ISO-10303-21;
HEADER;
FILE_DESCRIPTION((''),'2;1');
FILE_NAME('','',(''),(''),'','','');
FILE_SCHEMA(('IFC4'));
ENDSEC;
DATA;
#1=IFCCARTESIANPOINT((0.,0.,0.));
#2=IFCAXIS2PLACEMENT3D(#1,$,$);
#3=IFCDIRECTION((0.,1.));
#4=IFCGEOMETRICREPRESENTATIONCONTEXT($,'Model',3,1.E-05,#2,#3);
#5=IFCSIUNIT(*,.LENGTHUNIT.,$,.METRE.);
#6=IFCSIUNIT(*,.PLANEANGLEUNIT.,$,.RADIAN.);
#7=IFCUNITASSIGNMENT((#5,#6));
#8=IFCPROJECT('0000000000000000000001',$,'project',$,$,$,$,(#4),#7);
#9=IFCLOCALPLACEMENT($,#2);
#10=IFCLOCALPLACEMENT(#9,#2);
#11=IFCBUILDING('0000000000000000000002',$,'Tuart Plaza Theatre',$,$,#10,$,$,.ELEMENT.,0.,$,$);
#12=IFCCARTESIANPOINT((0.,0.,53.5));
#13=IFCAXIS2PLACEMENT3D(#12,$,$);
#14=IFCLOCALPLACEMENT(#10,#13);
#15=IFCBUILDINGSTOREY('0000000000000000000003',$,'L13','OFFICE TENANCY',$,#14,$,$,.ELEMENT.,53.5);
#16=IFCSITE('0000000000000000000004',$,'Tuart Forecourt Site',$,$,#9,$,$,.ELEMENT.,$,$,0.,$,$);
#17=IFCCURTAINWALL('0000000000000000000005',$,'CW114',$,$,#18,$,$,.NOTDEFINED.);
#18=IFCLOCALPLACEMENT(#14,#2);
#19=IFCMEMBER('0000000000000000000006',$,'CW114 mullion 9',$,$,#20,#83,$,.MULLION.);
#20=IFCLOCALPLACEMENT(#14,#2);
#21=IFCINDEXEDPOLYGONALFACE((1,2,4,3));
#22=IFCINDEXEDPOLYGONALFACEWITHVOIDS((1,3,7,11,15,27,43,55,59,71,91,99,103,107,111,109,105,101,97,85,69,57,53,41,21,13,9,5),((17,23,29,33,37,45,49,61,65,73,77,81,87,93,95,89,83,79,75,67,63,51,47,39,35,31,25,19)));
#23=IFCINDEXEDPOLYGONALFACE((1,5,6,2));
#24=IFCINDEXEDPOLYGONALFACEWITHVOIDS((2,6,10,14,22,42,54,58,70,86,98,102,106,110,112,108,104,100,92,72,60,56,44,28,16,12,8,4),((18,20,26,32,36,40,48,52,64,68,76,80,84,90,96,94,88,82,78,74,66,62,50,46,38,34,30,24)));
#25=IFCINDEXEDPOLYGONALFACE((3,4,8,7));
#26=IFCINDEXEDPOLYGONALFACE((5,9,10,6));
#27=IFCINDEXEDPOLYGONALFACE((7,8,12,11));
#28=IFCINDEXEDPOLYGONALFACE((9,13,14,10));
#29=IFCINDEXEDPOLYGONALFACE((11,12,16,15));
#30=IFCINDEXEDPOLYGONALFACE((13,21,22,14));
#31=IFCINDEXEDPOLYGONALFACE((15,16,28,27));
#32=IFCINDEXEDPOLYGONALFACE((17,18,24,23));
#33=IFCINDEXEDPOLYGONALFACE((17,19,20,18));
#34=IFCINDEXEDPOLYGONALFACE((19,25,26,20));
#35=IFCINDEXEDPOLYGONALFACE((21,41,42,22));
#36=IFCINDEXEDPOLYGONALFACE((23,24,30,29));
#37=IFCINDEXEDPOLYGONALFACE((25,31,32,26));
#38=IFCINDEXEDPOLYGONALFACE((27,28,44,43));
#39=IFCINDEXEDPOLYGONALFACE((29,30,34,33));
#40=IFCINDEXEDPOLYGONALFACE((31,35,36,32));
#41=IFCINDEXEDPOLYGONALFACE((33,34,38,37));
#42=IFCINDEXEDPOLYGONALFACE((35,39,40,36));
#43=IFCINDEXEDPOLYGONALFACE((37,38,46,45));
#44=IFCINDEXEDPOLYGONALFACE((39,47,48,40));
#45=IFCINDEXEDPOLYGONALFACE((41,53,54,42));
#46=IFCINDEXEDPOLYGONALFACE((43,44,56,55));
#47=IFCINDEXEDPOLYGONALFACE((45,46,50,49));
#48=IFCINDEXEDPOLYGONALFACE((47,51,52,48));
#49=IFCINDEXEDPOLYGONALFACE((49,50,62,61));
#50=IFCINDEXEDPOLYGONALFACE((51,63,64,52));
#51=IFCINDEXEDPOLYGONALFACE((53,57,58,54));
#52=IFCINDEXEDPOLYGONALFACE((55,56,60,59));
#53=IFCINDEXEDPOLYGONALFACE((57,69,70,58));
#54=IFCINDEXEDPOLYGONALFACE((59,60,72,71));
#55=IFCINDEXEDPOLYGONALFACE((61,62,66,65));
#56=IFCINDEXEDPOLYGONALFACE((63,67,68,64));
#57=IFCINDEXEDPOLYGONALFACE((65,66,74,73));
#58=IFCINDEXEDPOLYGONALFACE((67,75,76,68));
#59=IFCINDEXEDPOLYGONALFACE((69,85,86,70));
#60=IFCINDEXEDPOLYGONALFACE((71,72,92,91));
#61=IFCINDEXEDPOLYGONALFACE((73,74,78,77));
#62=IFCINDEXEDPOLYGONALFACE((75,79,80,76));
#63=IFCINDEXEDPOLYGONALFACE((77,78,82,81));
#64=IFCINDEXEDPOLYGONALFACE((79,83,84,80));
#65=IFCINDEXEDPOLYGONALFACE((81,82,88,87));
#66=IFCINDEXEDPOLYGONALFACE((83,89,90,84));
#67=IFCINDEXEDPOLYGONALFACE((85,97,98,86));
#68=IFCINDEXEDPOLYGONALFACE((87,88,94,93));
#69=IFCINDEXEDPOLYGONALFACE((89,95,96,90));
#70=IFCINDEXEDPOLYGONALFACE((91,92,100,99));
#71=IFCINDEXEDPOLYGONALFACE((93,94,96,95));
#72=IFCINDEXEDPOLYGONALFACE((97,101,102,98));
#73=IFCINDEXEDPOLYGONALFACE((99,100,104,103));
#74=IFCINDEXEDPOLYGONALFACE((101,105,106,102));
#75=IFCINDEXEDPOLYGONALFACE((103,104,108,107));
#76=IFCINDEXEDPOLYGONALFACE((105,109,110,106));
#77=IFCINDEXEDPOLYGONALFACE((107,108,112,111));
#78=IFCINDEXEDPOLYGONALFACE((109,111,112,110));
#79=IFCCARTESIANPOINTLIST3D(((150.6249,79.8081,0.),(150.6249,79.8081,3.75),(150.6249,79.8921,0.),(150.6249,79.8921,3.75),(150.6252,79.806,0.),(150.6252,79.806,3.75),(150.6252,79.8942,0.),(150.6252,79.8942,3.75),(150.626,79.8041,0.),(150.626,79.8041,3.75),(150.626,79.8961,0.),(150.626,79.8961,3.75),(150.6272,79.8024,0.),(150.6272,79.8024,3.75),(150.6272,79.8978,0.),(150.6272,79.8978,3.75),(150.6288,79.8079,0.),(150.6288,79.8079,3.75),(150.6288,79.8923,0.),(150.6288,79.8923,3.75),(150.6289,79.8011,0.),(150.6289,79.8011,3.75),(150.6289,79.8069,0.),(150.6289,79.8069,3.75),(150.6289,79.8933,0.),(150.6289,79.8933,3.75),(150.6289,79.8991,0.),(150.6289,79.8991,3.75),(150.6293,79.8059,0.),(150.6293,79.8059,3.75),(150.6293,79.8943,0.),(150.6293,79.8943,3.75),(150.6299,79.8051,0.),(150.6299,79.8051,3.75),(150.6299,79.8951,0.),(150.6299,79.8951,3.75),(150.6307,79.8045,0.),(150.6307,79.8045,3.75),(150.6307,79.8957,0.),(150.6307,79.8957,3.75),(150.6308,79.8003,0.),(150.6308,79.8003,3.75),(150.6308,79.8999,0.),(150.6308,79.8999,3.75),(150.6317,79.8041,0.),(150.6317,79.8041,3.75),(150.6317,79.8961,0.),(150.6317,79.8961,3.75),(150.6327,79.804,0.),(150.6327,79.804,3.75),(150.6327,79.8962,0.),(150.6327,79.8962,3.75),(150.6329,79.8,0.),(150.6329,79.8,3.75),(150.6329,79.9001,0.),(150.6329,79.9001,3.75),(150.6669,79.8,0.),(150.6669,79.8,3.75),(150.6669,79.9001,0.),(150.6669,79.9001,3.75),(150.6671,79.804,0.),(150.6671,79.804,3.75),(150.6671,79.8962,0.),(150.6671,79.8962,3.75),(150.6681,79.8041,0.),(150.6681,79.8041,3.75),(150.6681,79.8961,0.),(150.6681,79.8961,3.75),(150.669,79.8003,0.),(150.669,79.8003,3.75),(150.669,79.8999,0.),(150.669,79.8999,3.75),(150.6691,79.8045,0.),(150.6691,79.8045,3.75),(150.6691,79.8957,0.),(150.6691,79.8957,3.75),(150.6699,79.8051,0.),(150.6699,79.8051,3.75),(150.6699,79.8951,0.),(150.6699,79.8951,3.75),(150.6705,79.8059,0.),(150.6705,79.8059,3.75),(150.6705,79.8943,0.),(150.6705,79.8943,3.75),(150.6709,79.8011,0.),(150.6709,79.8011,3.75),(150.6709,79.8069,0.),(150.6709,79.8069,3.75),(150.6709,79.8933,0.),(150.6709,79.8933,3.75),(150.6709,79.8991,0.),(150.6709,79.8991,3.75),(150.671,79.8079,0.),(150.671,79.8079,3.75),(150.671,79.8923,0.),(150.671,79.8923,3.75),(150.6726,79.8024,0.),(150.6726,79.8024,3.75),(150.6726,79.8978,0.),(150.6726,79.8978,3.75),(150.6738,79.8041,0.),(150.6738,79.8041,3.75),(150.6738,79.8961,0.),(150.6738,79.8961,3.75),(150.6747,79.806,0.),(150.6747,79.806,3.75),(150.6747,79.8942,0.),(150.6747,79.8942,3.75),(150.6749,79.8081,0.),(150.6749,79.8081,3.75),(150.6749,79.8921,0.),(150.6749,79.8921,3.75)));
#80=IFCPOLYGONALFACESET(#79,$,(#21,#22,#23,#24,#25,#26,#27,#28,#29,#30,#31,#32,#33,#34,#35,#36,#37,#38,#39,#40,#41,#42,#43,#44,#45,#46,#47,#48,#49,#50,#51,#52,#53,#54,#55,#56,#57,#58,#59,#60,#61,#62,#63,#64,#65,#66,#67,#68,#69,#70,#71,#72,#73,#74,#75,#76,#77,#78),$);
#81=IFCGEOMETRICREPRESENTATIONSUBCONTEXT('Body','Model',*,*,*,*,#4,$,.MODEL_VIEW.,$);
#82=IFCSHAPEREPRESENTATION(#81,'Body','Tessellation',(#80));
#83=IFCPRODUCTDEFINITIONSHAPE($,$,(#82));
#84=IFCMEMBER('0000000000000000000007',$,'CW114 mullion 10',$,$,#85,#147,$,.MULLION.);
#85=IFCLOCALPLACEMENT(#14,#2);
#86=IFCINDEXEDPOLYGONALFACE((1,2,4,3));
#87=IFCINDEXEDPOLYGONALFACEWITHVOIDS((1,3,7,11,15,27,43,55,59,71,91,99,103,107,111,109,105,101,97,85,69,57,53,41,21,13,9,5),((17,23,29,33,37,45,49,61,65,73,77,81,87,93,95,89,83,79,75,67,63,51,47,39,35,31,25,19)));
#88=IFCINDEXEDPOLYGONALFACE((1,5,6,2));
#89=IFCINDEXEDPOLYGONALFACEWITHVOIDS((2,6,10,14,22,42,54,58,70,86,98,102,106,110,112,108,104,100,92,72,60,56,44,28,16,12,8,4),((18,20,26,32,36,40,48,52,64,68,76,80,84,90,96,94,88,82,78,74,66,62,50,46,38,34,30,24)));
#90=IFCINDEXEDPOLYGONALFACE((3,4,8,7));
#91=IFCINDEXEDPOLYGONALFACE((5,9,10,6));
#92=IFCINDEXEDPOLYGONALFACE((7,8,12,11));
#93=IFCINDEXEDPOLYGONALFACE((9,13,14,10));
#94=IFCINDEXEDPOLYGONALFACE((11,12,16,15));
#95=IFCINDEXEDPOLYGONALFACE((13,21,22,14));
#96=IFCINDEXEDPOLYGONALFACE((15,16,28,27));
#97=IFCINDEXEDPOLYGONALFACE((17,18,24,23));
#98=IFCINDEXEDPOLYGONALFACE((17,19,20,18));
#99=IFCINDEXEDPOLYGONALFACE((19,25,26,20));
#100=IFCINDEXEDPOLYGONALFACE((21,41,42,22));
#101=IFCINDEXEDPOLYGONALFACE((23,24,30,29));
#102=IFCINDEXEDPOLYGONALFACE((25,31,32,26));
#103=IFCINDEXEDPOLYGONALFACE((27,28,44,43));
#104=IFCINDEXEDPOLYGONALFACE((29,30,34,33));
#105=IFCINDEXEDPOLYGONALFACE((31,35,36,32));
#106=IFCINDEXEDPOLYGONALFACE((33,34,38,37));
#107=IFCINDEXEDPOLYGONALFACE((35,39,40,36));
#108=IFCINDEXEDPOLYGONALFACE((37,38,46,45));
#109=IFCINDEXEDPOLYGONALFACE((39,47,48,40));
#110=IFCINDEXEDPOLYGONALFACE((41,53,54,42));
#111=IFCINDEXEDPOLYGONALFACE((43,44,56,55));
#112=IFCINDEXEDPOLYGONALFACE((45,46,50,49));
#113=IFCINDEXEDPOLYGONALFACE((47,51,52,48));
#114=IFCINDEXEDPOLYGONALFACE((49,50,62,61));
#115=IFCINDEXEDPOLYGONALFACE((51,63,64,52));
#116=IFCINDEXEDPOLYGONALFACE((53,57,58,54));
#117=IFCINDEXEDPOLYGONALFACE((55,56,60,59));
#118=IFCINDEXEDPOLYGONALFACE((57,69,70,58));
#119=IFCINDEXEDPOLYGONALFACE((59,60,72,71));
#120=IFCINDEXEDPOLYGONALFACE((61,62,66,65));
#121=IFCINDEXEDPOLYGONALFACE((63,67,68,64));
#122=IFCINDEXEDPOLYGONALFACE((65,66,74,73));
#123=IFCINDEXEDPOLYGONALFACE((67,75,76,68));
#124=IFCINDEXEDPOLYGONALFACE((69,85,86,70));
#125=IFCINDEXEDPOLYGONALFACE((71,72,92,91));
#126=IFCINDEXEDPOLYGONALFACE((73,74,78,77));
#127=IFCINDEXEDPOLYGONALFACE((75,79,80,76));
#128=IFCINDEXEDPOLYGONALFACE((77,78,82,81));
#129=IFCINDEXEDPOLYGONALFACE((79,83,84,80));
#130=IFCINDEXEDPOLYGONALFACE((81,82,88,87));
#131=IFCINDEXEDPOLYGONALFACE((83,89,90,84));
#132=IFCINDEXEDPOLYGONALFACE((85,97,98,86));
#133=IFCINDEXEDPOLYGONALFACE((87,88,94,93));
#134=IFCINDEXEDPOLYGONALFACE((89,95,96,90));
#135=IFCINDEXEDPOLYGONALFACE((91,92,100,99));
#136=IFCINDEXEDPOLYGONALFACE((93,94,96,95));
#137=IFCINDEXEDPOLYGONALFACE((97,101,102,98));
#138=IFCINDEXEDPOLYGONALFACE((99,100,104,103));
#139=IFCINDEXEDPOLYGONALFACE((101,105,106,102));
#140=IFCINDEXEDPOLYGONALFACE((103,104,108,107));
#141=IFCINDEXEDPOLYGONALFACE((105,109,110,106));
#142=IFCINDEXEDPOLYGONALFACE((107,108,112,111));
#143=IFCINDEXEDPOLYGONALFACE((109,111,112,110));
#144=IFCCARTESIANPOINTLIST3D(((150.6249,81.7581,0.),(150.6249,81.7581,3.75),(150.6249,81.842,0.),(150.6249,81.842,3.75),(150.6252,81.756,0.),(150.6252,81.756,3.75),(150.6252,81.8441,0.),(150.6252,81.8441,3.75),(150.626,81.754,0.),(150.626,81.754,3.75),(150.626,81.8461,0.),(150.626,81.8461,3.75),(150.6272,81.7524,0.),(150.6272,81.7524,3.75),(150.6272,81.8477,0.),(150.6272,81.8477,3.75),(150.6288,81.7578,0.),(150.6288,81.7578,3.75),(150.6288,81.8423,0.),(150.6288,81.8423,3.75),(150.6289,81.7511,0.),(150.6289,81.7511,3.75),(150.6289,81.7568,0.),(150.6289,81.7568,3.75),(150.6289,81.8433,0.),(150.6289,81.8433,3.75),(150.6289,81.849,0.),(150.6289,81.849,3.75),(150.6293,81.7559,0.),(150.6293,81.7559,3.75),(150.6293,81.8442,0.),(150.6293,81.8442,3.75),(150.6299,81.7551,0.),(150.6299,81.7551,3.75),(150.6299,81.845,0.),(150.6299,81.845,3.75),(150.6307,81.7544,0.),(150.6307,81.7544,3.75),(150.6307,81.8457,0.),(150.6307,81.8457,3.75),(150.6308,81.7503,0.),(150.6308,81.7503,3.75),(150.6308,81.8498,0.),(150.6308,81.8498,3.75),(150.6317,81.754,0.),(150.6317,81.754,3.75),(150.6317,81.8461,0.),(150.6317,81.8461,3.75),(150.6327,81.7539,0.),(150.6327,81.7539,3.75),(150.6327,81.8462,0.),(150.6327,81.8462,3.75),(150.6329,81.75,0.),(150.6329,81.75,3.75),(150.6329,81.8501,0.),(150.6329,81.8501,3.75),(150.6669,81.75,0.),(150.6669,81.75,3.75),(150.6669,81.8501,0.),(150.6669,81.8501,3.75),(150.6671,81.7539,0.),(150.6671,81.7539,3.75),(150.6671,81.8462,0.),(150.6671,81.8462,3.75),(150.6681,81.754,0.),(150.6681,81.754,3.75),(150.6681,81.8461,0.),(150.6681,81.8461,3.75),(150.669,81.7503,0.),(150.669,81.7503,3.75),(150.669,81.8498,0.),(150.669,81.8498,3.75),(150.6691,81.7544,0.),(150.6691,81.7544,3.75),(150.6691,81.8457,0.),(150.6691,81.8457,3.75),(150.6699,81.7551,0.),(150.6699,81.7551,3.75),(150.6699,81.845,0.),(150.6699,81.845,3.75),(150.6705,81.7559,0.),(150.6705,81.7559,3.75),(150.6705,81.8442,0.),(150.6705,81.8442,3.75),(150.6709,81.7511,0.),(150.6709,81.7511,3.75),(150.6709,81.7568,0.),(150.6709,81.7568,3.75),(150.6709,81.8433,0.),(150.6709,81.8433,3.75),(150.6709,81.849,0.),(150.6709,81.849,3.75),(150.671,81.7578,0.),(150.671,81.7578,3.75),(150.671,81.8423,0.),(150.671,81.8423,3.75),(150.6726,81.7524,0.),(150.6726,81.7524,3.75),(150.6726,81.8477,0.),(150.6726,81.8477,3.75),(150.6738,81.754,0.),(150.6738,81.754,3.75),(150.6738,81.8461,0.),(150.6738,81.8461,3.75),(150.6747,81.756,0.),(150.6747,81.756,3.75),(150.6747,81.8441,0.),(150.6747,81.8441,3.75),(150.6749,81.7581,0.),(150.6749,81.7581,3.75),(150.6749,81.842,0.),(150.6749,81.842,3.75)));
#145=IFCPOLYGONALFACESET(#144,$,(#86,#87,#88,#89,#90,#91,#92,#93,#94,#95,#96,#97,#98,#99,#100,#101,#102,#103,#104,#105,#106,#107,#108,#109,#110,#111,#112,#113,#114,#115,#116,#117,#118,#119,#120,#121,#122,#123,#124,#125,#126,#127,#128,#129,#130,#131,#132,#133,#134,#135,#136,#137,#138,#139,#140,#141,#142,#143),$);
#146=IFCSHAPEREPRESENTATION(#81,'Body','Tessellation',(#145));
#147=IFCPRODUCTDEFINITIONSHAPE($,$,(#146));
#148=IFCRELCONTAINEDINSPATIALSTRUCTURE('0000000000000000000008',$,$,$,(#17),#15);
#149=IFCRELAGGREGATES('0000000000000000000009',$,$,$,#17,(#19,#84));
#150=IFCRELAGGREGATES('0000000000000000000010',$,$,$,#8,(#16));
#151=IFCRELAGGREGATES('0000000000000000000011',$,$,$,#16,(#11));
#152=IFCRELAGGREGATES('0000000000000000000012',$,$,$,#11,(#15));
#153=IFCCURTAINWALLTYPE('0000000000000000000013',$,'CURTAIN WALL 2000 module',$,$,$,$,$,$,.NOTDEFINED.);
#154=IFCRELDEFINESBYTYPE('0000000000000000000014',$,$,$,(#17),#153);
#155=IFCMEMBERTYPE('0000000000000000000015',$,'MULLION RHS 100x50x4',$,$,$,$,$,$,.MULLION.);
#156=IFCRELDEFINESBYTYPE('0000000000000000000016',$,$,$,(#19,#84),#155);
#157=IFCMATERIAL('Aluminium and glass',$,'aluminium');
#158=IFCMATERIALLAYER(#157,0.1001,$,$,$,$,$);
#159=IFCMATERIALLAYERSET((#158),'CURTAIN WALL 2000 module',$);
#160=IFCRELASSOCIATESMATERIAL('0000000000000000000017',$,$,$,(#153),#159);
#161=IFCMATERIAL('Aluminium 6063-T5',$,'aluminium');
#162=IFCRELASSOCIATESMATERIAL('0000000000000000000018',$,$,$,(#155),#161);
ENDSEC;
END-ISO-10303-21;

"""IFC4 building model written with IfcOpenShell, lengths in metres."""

from ifc_helpers import new_model, si_unit, direction, frame, origin, origin_2d, place, context, subcontext, project, spatial, hollow_rectangle, extrude, material, layer, layer_set, material_profile, profile_set, type_object, element, aggregate, save


model = new_model("IFC4")

# Units and contexts
model_context = context("Model", 3, precision=1e-05, world=origin(), true_north=direction((0.0, 1.0)))
body_context = subcontext(model_context, "Body", "Model", "MODEL_VIEW")
ifc_project = project(units=[si_unit("LENGTHUNIT", "METRE"), si_unit("PLANEANGLEUNIT", "RADIAN")], contexts=[model_context])

# Site, building, storey
site_placement = place(None, origin())
site = spatial("IfcSite", under=ifc_project, at=site_placement, Name="Tuart Forecourt Site", CompositionType="ELEMENT", RefElevation=0.0)
building_placement = place(site_placement, origin())
building = spatial("IfcBuilding", under=site, at=building_placement, Name="Tuart Plaza Theatre", CompositionType="ELEMENT", ElevationOfRefHeight=0.0)
storey_placement = place(building_placement, frame((0.0, 0.0, 53.5)))
storey = spatial("IfcBuildingStorey", under=building, at=storey_placement, Name="L13", Description="OFFICE TENANCY", CompositionType="ELEMENT", Elevation=53.5)

# Curtain wall, members
ifc_material_1 = material(Name="Aluminium and glass", Category="aluminium")
ifc_layer_1 = layer(ifc_material_1, 0.1001)
ifc_layer_set_1 = layer_set([ifc_layer_1], Name="CURTAIN WALL 2000 module")
curtain_wall_type = type_object("IfcCurtainWallType", Name="CURTAIN WALL 2000 module", PredefinedType="NOTDEFINED", material=ifc_layer_set_1)
curtain_wall_1_placement = place(storey_placement, origin())
curtain_wall_1 = element("IfcCurtainWall", 1, at=curtain_wall_1_placement, inside=storey, type_object=curtain_wall_type, Name="CW114", PredefinedType="NOTDEFINED")
ifc_material_2 = material(Name="Aluminium 6063-T5", Category="aluminium")
ifc_material_profile_1 = material_profile(ifc_material_2, hollow_rectangle(XDim=0.05, YDim=0.1001, WallThickness=0.0039, InnerFilletRadius=0.0039, OuterFilletRadius=0.0081, at=origin_2d()), Name="RHS 100x50x4")
ifc_profile_set_1 = profile_set([ifc_material_profile_1], Name="Aluminium 6063-T5")
member_type_1 = type_object("IfcMemberType", Name="MULLION RHS 100x50x4", PredefinedType="MULLION", material=ifc_profile_set_1)
member_1_placement = place(storey_placement, frame((150.6499, 79.8501, 0.0), z_axis=(0.0, 0.0, 1.0), x_axis=(-1.0, 0.0, 0.0)))
member_1 = element("IfcMember", 2, at=member_1_placement, type_object=member_type_1, Name="CW114 mullion 9", PredefinedType="MULLION", context=body_context, shape_type="SweptSolid", body=[
    extrude(hollow_rectangle(XDim=0.05, YDim=0.1001, WallThickness=0.0039, InnerFilletRadius=0.0039, OuterFilletRadius=0.0081, at=origin_2d()), origin(), (0.0, 0.0, 1.0), 3.75),
])
member_2_placement = place(storey_placement, frame((150.6499, 81.8, 0.0), z_axis=(0.0, 0.0, 1.0), x_axis=(-1.0, 0.0, 0.0)))
member_2 = element("IfcMember", 3, at=member_2_placement, type_object=member_type_1, Name="CW114 mullion 10", PredefinedType="MULLION", context=body_context, shape_type="SweptSolid", body=[
    extrude(hollow_rectangle(XDim=0.05, YDim=0.1001, WallThickness=0.0039, InnerFilletRadius=0.0039, OuterFilletRadius=0.0081, at=origin_2d()), origin(), (0.0, 0.0, 1.0), 3.75),
])

aggregate(curtain_wall_1, [member_1, member_2])

save(model, "model.ifc")
